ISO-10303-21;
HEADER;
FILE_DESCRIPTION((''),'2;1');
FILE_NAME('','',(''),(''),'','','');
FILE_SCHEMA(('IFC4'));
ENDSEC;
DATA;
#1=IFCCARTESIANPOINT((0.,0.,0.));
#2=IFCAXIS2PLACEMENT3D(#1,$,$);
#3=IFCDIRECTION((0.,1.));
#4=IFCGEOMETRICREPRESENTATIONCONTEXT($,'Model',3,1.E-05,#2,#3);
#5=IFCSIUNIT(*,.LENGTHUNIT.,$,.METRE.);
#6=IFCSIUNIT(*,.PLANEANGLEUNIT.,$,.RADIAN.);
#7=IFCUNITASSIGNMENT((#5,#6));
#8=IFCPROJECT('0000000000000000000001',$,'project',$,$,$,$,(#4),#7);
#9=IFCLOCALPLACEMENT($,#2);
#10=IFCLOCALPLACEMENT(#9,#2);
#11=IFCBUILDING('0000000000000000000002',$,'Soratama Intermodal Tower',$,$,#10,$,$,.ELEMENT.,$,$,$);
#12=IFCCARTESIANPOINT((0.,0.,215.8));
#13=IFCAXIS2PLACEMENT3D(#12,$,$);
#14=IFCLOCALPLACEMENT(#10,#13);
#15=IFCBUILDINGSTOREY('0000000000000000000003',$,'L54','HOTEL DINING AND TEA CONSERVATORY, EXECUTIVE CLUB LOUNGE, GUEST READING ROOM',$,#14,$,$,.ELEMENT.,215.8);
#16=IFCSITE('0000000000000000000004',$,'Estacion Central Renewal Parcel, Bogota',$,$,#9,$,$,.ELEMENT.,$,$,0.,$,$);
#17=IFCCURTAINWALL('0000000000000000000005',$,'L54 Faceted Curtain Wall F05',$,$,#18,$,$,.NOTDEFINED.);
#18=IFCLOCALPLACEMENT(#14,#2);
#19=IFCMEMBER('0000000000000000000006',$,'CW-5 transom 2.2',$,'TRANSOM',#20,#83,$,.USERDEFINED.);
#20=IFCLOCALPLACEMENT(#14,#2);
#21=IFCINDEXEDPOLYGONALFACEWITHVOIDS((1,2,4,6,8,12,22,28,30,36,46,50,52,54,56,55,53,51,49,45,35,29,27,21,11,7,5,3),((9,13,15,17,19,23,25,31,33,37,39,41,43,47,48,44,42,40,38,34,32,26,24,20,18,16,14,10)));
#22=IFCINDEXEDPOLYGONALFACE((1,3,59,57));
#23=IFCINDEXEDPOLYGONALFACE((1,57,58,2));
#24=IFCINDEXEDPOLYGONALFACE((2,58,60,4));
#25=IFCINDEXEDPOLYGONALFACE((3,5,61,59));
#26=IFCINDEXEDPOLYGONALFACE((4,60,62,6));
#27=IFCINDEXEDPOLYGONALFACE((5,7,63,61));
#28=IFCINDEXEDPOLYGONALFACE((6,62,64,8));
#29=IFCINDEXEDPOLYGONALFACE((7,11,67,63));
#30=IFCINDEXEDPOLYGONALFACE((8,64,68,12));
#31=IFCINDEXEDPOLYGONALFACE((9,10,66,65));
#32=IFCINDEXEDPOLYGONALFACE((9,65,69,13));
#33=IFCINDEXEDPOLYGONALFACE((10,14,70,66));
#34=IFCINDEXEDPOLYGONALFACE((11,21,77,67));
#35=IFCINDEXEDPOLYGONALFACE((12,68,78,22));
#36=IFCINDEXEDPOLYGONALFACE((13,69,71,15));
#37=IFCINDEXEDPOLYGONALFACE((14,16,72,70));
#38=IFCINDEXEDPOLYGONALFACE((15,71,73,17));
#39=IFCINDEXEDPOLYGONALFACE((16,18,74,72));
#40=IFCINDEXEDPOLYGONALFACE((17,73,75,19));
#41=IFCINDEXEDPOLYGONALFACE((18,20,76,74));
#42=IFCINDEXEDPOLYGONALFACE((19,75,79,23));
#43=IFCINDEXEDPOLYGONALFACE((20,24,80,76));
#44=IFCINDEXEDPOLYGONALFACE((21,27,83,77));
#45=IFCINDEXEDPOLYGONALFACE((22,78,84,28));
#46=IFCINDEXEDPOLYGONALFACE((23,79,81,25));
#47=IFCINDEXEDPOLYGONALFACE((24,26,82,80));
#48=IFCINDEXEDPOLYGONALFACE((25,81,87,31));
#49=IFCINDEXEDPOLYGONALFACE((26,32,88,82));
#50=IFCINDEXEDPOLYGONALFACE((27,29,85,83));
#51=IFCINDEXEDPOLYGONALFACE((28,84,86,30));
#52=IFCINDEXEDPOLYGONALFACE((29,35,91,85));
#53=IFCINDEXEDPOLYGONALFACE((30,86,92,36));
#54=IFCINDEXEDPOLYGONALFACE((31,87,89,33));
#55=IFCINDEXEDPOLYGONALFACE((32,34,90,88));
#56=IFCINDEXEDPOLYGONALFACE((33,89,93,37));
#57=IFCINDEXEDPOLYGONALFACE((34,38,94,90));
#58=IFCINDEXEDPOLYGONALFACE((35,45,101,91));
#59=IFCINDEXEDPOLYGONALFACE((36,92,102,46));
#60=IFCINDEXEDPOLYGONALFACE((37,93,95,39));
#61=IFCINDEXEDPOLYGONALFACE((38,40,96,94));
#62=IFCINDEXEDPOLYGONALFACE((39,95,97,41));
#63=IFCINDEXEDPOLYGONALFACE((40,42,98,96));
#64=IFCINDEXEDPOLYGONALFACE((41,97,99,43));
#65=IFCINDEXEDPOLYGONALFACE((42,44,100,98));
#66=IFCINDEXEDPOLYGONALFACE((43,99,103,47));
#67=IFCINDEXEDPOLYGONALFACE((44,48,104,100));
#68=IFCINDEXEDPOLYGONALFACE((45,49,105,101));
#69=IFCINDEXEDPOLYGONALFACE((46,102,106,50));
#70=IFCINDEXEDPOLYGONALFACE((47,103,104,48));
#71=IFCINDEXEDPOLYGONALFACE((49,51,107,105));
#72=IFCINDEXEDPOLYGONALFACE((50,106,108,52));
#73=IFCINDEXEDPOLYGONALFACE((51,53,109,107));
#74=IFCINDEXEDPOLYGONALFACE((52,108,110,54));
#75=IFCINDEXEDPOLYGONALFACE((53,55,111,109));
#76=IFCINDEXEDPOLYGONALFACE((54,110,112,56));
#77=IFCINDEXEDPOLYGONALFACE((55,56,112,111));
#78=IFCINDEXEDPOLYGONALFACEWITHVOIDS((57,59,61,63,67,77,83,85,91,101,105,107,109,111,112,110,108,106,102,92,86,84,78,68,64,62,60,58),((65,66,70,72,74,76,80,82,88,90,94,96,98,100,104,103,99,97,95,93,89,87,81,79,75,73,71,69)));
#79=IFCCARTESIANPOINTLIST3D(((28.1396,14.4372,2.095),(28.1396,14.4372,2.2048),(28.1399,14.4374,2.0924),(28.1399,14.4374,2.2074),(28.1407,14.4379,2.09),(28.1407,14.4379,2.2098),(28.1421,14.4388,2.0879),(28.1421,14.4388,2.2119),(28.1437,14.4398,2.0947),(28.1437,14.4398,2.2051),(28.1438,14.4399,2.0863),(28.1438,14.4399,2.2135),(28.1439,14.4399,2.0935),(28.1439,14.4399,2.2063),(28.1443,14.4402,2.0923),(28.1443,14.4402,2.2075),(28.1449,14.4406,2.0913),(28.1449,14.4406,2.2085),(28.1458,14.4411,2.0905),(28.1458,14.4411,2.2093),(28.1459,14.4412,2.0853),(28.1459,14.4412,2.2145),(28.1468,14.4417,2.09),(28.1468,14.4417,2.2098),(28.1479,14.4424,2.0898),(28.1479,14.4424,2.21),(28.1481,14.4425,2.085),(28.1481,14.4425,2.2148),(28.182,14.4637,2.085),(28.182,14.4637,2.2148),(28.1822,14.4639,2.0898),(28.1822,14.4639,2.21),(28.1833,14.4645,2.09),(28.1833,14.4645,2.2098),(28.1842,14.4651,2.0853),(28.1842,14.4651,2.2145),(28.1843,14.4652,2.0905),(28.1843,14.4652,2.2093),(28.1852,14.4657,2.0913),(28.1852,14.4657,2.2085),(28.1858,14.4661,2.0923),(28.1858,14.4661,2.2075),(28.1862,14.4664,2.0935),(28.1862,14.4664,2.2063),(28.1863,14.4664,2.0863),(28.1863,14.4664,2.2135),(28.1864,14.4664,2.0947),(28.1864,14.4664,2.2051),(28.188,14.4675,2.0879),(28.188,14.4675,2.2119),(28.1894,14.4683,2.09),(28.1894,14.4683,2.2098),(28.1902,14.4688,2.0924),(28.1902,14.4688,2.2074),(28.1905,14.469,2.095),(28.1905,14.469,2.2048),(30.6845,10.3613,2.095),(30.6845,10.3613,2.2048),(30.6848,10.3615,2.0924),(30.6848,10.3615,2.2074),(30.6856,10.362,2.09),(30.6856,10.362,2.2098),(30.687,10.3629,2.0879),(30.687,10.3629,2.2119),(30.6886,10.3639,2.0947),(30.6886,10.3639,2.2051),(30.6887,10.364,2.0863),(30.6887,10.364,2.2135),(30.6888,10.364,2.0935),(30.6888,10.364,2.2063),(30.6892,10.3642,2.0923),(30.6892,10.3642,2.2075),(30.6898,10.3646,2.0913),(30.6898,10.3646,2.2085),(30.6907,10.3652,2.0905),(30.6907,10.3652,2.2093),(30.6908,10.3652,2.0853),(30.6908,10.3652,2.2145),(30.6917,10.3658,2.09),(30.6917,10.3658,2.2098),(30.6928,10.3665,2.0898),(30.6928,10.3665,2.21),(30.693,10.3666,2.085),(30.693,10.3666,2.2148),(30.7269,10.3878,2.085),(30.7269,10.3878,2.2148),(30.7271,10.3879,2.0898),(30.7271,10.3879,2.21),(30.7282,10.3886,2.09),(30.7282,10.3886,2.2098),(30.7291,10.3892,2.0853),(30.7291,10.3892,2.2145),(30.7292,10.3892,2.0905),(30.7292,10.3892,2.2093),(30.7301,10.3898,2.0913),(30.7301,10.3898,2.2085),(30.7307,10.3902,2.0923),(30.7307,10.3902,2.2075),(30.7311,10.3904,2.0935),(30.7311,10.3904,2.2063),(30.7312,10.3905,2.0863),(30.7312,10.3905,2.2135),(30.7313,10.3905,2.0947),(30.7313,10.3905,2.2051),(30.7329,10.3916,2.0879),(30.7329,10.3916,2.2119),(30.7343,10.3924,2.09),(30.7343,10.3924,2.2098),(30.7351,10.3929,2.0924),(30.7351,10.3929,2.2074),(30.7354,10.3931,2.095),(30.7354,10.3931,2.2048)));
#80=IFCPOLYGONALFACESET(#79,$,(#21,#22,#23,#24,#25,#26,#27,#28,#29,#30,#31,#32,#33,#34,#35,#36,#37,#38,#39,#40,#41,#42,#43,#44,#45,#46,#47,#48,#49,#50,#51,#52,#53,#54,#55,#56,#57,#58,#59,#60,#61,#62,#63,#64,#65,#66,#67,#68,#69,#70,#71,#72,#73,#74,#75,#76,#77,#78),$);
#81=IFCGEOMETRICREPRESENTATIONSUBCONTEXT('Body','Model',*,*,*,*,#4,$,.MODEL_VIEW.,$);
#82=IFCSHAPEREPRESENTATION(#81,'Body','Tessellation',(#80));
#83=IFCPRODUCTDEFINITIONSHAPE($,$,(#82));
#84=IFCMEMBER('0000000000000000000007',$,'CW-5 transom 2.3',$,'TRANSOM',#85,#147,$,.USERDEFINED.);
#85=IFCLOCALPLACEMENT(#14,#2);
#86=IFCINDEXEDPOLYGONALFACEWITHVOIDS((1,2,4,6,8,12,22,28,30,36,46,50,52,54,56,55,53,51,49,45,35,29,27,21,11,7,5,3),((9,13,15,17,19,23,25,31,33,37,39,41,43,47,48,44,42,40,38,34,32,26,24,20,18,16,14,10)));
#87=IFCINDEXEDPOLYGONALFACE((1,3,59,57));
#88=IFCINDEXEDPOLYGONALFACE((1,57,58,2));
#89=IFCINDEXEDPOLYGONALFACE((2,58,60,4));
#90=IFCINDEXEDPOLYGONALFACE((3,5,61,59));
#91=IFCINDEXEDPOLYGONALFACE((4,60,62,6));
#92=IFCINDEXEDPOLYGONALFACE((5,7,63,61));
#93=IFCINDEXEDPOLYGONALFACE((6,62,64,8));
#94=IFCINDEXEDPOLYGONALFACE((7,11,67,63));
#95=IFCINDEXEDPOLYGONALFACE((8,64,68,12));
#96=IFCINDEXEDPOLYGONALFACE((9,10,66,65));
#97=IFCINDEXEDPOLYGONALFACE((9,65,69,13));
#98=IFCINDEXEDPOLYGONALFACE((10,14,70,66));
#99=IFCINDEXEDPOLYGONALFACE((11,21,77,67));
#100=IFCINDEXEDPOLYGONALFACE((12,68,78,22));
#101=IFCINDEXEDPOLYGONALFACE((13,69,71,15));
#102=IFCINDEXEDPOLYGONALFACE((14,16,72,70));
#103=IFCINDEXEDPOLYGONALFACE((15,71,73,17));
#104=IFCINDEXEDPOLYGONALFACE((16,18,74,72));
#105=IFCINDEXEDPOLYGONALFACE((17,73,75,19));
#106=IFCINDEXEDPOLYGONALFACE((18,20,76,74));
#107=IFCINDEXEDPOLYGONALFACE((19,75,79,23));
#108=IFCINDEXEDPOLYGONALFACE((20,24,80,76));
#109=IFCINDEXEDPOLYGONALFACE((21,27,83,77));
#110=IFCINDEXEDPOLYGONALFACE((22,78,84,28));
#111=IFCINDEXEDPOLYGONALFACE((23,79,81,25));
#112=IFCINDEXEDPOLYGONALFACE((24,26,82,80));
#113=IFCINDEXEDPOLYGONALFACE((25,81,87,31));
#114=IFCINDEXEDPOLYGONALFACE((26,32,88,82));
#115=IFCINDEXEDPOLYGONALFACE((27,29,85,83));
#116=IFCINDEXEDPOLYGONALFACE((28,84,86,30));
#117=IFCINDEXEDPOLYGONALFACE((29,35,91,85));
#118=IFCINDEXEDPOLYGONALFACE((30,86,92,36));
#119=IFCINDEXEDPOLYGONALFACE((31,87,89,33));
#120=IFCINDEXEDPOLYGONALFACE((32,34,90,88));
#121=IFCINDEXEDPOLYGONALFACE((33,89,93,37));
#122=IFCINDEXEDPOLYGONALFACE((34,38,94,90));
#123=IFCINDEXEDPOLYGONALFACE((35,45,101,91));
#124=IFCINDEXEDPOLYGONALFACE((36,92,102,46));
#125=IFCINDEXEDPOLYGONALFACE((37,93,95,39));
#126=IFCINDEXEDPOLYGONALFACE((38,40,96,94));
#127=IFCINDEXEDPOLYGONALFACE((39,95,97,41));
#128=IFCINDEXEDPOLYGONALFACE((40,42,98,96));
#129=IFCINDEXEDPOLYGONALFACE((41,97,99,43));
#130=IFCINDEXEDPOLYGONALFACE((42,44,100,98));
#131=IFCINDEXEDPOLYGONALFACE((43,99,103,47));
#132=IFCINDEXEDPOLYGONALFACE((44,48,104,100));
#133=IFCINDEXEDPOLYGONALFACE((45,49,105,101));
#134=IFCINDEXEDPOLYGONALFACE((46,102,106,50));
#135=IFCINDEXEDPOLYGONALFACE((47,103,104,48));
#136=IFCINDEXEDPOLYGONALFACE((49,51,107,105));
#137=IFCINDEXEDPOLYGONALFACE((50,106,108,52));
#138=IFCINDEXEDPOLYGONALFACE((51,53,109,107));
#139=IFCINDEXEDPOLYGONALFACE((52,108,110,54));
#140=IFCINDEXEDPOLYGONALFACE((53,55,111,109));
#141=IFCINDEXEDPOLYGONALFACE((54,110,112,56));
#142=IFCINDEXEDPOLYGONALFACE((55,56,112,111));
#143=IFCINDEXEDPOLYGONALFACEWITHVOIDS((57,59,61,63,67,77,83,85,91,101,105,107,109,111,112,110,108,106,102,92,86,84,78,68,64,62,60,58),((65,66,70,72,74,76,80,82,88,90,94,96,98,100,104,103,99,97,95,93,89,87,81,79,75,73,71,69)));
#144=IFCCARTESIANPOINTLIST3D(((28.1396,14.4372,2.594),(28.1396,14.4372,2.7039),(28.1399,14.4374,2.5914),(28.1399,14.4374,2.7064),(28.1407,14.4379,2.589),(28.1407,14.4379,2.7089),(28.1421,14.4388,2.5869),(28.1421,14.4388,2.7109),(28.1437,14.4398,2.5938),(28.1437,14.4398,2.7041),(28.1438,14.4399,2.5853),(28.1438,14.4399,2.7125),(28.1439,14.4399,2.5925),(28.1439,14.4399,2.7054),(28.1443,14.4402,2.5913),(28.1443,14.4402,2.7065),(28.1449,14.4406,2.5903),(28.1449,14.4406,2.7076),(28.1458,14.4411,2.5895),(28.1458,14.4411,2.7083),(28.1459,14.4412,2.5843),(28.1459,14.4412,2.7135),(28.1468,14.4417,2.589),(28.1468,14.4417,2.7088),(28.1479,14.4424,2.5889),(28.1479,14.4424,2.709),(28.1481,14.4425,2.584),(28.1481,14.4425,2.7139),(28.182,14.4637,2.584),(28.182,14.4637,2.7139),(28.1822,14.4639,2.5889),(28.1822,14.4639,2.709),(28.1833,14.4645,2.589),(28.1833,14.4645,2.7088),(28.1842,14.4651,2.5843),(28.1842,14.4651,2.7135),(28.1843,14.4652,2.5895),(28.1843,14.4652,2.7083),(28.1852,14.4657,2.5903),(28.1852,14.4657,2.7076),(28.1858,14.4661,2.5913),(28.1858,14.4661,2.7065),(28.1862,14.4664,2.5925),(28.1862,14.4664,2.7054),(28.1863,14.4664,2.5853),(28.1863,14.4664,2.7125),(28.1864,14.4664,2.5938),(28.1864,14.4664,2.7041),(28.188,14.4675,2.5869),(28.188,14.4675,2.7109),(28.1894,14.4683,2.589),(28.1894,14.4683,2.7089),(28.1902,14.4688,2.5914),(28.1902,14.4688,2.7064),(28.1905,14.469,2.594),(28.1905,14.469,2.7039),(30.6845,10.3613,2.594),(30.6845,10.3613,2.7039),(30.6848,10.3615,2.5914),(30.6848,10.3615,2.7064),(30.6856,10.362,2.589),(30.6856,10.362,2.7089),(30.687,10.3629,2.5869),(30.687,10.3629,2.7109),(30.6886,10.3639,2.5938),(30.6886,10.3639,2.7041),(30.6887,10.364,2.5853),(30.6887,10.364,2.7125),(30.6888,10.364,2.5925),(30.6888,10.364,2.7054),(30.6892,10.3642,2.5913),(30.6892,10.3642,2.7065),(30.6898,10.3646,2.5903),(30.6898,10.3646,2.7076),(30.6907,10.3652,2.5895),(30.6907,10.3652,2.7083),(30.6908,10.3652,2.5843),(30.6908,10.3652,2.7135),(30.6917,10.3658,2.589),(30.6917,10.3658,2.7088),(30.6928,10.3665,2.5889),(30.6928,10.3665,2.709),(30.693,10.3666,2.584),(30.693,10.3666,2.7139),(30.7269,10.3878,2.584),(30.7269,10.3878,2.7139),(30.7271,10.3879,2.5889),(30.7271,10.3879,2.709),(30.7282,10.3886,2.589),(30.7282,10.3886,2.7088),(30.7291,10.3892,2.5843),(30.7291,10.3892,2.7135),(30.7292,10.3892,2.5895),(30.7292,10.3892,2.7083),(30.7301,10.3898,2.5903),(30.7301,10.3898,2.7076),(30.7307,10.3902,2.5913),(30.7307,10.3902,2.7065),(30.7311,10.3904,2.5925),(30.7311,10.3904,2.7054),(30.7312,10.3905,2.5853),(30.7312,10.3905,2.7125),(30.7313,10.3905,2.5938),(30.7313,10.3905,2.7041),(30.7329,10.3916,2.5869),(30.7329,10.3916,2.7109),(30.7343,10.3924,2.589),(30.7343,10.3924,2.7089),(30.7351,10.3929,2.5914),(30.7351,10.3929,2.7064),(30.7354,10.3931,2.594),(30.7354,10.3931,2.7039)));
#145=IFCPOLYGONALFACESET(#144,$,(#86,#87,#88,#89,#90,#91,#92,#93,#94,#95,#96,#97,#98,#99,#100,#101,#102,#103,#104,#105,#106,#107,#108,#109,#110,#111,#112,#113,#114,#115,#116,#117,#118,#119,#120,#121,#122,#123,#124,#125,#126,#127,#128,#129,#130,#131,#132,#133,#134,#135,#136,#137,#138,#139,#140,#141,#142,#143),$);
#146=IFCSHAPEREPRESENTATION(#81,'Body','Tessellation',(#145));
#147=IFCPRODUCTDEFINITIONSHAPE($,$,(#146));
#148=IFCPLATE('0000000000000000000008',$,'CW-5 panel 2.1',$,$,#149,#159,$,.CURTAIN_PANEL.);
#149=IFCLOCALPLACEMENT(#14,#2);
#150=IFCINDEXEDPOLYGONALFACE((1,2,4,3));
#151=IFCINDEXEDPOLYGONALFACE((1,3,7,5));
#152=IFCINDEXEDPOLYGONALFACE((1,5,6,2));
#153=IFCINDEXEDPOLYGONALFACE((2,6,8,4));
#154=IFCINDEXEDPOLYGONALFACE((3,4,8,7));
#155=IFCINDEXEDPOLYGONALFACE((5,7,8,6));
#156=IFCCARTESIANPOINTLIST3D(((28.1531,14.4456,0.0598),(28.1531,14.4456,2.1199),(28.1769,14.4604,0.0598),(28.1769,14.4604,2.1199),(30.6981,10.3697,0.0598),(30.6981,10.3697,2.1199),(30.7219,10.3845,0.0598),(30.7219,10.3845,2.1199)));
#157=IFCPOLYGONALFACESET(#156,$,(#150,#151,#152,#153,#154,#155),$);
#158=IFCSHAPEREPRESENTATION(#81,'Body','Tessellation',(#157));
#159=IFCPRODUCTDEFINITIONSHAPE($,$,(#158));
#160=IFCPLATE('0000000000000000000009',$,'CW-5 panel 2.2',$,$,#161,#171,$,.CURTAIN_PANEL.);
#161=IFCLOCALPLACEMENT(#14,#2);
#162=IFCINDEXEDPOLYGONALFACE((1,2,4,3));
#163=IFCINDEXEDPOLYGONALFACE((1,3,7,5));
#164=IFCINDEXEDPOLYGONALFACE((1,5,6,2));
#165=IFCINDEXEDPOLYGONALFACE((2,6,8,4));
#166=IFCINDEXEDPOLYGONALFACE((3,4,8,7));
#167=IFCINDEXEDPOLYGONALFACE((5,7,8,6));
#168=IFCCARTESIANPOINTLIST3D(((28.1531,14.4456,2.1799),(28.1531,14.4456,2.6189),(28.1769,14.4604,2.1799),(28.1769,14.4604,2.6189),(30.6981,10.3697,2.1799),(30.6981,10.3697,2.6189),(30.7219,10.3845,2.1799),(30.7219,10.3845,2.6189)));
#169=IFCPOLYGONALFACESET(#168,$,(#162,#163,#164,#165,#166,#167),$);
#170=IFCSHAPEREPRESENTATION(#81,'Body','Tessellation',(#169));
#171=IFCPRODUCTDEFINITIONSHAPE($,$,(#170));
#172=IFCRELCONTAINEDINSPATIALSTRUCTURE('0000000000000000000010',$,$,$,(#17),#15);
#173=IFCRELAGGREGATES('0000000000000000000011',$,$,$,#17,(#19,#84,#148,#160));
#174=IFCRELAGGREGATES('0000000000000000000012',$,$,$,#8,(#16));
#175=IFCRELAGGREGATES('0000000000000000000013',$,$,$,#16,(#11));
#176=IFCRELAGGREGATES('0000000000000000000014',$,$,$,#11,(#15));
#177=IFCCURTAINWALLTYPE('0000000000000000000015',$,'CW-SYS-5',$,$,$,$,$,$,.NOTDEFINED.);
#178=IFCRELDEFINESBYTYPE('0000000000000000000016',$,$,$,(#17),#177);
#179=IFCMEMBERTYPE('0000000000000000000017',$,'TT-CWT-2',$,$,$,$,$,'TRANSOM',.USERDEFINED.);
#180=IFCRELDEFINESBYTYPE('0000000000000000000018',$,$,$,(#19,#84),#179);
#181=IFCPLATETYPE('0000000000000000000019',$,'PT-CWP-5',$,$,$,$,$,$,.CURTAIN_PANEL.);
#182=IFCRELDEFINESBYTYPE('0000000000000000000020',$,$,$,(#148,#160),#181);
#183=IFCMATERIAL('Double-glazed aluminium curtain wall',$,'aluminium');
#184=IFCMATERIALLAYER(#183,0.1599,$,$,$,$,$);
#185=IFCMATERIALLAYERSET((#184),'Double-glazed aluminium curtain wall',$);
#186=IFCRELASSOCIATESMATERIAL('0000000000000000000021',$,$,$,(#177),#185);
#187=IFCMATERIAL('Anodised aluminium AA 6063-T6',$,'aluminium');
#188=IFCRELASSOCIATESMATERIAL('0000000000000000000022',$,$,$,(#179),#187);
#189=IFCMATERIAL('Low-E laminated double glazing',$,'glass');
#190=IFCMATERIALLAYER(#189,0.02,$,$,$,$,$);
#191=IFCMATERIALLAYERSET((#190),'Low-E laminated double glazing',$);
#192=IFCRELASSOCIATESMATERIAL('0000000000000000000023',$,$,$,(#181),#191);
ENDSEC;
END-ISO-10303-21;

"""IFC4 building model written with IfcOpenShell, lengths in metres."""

from ifc_helpers import new_model, si_unit, direction, frame, origin, origin_2d, place, context, subcontext, project, spatial, rectangle, hollow_rectangle, extrude, material, layer, layer_set, material_profile, profile_set, type_object, element, aggregate, save


model = new_model("IFC4")

# Units and contexts
model_context = context("Model", 3, precision=1e-05, world=origin(), true_north=direction((0.0, 1.0)))
body_context = subcontext(model_context, "Body", "Model", "MODEL_VIEW")
ifc_project = project(units=[si_unit("LENGTHUNIT", "METRE"), si_unit("PLANEANGLEUNIT", "RADIAN")], contexts=[model_context])

# Site, building, storey
site_placement = place(None, origin())
site = spatial("IfcSite", under=ifc_project, at=site_placement, Name="Estacion Central Renewal Parcel, Bogota", CompositionType="ELEMENT", RefElevation=0.0)
building_placement = place(site_placement, origin())
building = spatial("IfcBuilding", under=site, at=building_placement, Name="Soratama Intermodal Tower", CompositionType="ELEMENT")
storey_placement = place(building_placement, frame((0.0, 0.0, 215.8)))
storey = spatial("IfcBuildingStorey", under=building, at=storey_placement, Name="L54", Description="HOTEL DINING AND TEA CONSERVATORY, EXECUTIVE CLUB LOUNGE, GUEST READING ROOM", CompositionType="ELEMENT", Elevation=215.8)

# Curtain wall, members, plates
ifc_material_1 = material(Name="Double-glazed aluminium curtain wall", Category="aluminium")
ifc_layer_1 = layer(ifc_material_1, 0.1599)
ifc_layer_set_1 = layer_set([ifc_layer_1], Name="Double-glazed aluminium curtain wall")
curtain_wall_type = type_object("IfcCurtainWallType", Name="CW-SYS-5", PredefinedType="NOTDEFINED", material=ifc_layer_set_1)
curtain_wall_placement = place(storey_placement, origin())
curtain_wall = element("IfcCurtainWall", 1, at=curtain_wall_placement, inside=storey, type_object=curtain_wall_type, Name="L54 Faceted Curtain Wall F05", PredefinedType="NOTDEFINED")
ifc_material_2 = material(Name="Anodised aluminium AA 6063-T6", Category="aluminium")
ifc_material_profile_1 = material_profile(ifc_material_2, hollow_rectangle(XDim=0.0601, YDim=0.1299, WallThickness=0.0049, InnerFilletRadius=0.0049, OuterFilletRadius=0.01, at=origin_2d()), Name="CWT130X60X5")
ifc_profile_set_1 = profile_set([ifc_material_profile_1], Name="Anodised aluminium AA 6063-T6")
member_type_1 = type_object("IfcMemberType", Name="TT-CWT-2", ElementType="TRANSOM", PredefinedType="USERDEFINED", material=ifc_profile_set_1)
member_1_placement = place(storey_placement, frame((28.165, 14.4531, 2.1499), z_axis=(0.52962, -0.848235, 0.0), x_axis=(0.848235, 0.52962, 0.0)))
member_1 = element("IfcMember", 2, at=member_1_placement, type_object=member_type_1, Name="CW-5 transom 2.2", ObjectType="TRANSOM", PredefinedType="USERDEFINED", context=body_context, shape_type="SweptSolid", body=[
    extrude(hollow_rectangle(XDim=0.0601, YDim=0.1299, WallThickness=0.0049, InnerFilletRadius=0.0049, OuterFilletRadius=0.01, at=origin_2d()), origin(), (0.0, 0.0, 1.0), 4.8052),
])
member_2_placement = place(storey_placement, frame((28.165, 14.4531, 2.6489), z_axis=(0.52962, -0.848235, 0.0), x_axis=(0.848235, 0.52962, 0.0)))
member_2 = element("IfcMember", 3, at=member_2_placement, type_object=member_type_1, Name="CW-5 transom 2.3", ObjectType="TRANSOM", PredefinedType="USERDEFINED", context=body_context, shape_type="SweptSolid", body=[
    extrude(hollow_rectangle(XDim=0.0601, YDim=0.1299, WallThickness=0.0049, InnerFilletRadius=0.0049, OuterFilletRadius=0.01, at=origin_2d()), origin(), (0.0, 0.0, 1.0), 4.8052),
])
ifc_material_3 = material(Name="Low-E laminated double glazing", Category="glass")
ifc_layer_2 = layer(ifc_material_3, 0.02)
ifc_layer_set_2 = layer_set([ifc_layer_2], Name="Low-E laminated double glazing")
plate_type = type_object("IfcPlateType", Name="PT-CWP-5", PredefinedType="CURTAIN_PANEL", material=ifc_layer_set_2)
plate_1_placement = place(storey_placement, frame((29.4375, 12.415, 0.0598), z_axis=(0.0, 0.0, 1.0), x_axis=(0.529626, -0.848231, 0.0)))
plate_1 = element("IfcPlate", 4, at=plate_1_placement, type_object=plate_type, Name="CW-5 panel 2.1", PredefinedType="CURTAIN_PANEL", context=body_context, shape_type="SweptSolid", body=[
    extrude(rectangle(XDim=4.8052, YDim=0.0281, at=origin_2d()), origin(), (0.0, 0.0, 1.0), 2.0601),
])
plate_2_placement = place(storey_placement, frame((29.4375, 12.415, 2.1799), z_axis=(0.0, 0.0, 1.0), x_axis=(0.529626, -0.848231, 0.0)))
plate_2 = element("IfcPlate", 5, at=plate_2_placement, type_object=plate_type, Name="CW-5 panel 2.2", PredefinedType="CURTAIN_PANEL", context=body_context, shape_type="SweptSolid", body=[
    extrude(rectangle(XDim=4.8052, YDim=0.0281, at=origin_2d()), origin(), (0.0, 0.0, 1.0), 0.439),
])
aggregate(curtain_wall, [member_1, member_2, plate_1, plate_2])

save(model, "model.ifc")
